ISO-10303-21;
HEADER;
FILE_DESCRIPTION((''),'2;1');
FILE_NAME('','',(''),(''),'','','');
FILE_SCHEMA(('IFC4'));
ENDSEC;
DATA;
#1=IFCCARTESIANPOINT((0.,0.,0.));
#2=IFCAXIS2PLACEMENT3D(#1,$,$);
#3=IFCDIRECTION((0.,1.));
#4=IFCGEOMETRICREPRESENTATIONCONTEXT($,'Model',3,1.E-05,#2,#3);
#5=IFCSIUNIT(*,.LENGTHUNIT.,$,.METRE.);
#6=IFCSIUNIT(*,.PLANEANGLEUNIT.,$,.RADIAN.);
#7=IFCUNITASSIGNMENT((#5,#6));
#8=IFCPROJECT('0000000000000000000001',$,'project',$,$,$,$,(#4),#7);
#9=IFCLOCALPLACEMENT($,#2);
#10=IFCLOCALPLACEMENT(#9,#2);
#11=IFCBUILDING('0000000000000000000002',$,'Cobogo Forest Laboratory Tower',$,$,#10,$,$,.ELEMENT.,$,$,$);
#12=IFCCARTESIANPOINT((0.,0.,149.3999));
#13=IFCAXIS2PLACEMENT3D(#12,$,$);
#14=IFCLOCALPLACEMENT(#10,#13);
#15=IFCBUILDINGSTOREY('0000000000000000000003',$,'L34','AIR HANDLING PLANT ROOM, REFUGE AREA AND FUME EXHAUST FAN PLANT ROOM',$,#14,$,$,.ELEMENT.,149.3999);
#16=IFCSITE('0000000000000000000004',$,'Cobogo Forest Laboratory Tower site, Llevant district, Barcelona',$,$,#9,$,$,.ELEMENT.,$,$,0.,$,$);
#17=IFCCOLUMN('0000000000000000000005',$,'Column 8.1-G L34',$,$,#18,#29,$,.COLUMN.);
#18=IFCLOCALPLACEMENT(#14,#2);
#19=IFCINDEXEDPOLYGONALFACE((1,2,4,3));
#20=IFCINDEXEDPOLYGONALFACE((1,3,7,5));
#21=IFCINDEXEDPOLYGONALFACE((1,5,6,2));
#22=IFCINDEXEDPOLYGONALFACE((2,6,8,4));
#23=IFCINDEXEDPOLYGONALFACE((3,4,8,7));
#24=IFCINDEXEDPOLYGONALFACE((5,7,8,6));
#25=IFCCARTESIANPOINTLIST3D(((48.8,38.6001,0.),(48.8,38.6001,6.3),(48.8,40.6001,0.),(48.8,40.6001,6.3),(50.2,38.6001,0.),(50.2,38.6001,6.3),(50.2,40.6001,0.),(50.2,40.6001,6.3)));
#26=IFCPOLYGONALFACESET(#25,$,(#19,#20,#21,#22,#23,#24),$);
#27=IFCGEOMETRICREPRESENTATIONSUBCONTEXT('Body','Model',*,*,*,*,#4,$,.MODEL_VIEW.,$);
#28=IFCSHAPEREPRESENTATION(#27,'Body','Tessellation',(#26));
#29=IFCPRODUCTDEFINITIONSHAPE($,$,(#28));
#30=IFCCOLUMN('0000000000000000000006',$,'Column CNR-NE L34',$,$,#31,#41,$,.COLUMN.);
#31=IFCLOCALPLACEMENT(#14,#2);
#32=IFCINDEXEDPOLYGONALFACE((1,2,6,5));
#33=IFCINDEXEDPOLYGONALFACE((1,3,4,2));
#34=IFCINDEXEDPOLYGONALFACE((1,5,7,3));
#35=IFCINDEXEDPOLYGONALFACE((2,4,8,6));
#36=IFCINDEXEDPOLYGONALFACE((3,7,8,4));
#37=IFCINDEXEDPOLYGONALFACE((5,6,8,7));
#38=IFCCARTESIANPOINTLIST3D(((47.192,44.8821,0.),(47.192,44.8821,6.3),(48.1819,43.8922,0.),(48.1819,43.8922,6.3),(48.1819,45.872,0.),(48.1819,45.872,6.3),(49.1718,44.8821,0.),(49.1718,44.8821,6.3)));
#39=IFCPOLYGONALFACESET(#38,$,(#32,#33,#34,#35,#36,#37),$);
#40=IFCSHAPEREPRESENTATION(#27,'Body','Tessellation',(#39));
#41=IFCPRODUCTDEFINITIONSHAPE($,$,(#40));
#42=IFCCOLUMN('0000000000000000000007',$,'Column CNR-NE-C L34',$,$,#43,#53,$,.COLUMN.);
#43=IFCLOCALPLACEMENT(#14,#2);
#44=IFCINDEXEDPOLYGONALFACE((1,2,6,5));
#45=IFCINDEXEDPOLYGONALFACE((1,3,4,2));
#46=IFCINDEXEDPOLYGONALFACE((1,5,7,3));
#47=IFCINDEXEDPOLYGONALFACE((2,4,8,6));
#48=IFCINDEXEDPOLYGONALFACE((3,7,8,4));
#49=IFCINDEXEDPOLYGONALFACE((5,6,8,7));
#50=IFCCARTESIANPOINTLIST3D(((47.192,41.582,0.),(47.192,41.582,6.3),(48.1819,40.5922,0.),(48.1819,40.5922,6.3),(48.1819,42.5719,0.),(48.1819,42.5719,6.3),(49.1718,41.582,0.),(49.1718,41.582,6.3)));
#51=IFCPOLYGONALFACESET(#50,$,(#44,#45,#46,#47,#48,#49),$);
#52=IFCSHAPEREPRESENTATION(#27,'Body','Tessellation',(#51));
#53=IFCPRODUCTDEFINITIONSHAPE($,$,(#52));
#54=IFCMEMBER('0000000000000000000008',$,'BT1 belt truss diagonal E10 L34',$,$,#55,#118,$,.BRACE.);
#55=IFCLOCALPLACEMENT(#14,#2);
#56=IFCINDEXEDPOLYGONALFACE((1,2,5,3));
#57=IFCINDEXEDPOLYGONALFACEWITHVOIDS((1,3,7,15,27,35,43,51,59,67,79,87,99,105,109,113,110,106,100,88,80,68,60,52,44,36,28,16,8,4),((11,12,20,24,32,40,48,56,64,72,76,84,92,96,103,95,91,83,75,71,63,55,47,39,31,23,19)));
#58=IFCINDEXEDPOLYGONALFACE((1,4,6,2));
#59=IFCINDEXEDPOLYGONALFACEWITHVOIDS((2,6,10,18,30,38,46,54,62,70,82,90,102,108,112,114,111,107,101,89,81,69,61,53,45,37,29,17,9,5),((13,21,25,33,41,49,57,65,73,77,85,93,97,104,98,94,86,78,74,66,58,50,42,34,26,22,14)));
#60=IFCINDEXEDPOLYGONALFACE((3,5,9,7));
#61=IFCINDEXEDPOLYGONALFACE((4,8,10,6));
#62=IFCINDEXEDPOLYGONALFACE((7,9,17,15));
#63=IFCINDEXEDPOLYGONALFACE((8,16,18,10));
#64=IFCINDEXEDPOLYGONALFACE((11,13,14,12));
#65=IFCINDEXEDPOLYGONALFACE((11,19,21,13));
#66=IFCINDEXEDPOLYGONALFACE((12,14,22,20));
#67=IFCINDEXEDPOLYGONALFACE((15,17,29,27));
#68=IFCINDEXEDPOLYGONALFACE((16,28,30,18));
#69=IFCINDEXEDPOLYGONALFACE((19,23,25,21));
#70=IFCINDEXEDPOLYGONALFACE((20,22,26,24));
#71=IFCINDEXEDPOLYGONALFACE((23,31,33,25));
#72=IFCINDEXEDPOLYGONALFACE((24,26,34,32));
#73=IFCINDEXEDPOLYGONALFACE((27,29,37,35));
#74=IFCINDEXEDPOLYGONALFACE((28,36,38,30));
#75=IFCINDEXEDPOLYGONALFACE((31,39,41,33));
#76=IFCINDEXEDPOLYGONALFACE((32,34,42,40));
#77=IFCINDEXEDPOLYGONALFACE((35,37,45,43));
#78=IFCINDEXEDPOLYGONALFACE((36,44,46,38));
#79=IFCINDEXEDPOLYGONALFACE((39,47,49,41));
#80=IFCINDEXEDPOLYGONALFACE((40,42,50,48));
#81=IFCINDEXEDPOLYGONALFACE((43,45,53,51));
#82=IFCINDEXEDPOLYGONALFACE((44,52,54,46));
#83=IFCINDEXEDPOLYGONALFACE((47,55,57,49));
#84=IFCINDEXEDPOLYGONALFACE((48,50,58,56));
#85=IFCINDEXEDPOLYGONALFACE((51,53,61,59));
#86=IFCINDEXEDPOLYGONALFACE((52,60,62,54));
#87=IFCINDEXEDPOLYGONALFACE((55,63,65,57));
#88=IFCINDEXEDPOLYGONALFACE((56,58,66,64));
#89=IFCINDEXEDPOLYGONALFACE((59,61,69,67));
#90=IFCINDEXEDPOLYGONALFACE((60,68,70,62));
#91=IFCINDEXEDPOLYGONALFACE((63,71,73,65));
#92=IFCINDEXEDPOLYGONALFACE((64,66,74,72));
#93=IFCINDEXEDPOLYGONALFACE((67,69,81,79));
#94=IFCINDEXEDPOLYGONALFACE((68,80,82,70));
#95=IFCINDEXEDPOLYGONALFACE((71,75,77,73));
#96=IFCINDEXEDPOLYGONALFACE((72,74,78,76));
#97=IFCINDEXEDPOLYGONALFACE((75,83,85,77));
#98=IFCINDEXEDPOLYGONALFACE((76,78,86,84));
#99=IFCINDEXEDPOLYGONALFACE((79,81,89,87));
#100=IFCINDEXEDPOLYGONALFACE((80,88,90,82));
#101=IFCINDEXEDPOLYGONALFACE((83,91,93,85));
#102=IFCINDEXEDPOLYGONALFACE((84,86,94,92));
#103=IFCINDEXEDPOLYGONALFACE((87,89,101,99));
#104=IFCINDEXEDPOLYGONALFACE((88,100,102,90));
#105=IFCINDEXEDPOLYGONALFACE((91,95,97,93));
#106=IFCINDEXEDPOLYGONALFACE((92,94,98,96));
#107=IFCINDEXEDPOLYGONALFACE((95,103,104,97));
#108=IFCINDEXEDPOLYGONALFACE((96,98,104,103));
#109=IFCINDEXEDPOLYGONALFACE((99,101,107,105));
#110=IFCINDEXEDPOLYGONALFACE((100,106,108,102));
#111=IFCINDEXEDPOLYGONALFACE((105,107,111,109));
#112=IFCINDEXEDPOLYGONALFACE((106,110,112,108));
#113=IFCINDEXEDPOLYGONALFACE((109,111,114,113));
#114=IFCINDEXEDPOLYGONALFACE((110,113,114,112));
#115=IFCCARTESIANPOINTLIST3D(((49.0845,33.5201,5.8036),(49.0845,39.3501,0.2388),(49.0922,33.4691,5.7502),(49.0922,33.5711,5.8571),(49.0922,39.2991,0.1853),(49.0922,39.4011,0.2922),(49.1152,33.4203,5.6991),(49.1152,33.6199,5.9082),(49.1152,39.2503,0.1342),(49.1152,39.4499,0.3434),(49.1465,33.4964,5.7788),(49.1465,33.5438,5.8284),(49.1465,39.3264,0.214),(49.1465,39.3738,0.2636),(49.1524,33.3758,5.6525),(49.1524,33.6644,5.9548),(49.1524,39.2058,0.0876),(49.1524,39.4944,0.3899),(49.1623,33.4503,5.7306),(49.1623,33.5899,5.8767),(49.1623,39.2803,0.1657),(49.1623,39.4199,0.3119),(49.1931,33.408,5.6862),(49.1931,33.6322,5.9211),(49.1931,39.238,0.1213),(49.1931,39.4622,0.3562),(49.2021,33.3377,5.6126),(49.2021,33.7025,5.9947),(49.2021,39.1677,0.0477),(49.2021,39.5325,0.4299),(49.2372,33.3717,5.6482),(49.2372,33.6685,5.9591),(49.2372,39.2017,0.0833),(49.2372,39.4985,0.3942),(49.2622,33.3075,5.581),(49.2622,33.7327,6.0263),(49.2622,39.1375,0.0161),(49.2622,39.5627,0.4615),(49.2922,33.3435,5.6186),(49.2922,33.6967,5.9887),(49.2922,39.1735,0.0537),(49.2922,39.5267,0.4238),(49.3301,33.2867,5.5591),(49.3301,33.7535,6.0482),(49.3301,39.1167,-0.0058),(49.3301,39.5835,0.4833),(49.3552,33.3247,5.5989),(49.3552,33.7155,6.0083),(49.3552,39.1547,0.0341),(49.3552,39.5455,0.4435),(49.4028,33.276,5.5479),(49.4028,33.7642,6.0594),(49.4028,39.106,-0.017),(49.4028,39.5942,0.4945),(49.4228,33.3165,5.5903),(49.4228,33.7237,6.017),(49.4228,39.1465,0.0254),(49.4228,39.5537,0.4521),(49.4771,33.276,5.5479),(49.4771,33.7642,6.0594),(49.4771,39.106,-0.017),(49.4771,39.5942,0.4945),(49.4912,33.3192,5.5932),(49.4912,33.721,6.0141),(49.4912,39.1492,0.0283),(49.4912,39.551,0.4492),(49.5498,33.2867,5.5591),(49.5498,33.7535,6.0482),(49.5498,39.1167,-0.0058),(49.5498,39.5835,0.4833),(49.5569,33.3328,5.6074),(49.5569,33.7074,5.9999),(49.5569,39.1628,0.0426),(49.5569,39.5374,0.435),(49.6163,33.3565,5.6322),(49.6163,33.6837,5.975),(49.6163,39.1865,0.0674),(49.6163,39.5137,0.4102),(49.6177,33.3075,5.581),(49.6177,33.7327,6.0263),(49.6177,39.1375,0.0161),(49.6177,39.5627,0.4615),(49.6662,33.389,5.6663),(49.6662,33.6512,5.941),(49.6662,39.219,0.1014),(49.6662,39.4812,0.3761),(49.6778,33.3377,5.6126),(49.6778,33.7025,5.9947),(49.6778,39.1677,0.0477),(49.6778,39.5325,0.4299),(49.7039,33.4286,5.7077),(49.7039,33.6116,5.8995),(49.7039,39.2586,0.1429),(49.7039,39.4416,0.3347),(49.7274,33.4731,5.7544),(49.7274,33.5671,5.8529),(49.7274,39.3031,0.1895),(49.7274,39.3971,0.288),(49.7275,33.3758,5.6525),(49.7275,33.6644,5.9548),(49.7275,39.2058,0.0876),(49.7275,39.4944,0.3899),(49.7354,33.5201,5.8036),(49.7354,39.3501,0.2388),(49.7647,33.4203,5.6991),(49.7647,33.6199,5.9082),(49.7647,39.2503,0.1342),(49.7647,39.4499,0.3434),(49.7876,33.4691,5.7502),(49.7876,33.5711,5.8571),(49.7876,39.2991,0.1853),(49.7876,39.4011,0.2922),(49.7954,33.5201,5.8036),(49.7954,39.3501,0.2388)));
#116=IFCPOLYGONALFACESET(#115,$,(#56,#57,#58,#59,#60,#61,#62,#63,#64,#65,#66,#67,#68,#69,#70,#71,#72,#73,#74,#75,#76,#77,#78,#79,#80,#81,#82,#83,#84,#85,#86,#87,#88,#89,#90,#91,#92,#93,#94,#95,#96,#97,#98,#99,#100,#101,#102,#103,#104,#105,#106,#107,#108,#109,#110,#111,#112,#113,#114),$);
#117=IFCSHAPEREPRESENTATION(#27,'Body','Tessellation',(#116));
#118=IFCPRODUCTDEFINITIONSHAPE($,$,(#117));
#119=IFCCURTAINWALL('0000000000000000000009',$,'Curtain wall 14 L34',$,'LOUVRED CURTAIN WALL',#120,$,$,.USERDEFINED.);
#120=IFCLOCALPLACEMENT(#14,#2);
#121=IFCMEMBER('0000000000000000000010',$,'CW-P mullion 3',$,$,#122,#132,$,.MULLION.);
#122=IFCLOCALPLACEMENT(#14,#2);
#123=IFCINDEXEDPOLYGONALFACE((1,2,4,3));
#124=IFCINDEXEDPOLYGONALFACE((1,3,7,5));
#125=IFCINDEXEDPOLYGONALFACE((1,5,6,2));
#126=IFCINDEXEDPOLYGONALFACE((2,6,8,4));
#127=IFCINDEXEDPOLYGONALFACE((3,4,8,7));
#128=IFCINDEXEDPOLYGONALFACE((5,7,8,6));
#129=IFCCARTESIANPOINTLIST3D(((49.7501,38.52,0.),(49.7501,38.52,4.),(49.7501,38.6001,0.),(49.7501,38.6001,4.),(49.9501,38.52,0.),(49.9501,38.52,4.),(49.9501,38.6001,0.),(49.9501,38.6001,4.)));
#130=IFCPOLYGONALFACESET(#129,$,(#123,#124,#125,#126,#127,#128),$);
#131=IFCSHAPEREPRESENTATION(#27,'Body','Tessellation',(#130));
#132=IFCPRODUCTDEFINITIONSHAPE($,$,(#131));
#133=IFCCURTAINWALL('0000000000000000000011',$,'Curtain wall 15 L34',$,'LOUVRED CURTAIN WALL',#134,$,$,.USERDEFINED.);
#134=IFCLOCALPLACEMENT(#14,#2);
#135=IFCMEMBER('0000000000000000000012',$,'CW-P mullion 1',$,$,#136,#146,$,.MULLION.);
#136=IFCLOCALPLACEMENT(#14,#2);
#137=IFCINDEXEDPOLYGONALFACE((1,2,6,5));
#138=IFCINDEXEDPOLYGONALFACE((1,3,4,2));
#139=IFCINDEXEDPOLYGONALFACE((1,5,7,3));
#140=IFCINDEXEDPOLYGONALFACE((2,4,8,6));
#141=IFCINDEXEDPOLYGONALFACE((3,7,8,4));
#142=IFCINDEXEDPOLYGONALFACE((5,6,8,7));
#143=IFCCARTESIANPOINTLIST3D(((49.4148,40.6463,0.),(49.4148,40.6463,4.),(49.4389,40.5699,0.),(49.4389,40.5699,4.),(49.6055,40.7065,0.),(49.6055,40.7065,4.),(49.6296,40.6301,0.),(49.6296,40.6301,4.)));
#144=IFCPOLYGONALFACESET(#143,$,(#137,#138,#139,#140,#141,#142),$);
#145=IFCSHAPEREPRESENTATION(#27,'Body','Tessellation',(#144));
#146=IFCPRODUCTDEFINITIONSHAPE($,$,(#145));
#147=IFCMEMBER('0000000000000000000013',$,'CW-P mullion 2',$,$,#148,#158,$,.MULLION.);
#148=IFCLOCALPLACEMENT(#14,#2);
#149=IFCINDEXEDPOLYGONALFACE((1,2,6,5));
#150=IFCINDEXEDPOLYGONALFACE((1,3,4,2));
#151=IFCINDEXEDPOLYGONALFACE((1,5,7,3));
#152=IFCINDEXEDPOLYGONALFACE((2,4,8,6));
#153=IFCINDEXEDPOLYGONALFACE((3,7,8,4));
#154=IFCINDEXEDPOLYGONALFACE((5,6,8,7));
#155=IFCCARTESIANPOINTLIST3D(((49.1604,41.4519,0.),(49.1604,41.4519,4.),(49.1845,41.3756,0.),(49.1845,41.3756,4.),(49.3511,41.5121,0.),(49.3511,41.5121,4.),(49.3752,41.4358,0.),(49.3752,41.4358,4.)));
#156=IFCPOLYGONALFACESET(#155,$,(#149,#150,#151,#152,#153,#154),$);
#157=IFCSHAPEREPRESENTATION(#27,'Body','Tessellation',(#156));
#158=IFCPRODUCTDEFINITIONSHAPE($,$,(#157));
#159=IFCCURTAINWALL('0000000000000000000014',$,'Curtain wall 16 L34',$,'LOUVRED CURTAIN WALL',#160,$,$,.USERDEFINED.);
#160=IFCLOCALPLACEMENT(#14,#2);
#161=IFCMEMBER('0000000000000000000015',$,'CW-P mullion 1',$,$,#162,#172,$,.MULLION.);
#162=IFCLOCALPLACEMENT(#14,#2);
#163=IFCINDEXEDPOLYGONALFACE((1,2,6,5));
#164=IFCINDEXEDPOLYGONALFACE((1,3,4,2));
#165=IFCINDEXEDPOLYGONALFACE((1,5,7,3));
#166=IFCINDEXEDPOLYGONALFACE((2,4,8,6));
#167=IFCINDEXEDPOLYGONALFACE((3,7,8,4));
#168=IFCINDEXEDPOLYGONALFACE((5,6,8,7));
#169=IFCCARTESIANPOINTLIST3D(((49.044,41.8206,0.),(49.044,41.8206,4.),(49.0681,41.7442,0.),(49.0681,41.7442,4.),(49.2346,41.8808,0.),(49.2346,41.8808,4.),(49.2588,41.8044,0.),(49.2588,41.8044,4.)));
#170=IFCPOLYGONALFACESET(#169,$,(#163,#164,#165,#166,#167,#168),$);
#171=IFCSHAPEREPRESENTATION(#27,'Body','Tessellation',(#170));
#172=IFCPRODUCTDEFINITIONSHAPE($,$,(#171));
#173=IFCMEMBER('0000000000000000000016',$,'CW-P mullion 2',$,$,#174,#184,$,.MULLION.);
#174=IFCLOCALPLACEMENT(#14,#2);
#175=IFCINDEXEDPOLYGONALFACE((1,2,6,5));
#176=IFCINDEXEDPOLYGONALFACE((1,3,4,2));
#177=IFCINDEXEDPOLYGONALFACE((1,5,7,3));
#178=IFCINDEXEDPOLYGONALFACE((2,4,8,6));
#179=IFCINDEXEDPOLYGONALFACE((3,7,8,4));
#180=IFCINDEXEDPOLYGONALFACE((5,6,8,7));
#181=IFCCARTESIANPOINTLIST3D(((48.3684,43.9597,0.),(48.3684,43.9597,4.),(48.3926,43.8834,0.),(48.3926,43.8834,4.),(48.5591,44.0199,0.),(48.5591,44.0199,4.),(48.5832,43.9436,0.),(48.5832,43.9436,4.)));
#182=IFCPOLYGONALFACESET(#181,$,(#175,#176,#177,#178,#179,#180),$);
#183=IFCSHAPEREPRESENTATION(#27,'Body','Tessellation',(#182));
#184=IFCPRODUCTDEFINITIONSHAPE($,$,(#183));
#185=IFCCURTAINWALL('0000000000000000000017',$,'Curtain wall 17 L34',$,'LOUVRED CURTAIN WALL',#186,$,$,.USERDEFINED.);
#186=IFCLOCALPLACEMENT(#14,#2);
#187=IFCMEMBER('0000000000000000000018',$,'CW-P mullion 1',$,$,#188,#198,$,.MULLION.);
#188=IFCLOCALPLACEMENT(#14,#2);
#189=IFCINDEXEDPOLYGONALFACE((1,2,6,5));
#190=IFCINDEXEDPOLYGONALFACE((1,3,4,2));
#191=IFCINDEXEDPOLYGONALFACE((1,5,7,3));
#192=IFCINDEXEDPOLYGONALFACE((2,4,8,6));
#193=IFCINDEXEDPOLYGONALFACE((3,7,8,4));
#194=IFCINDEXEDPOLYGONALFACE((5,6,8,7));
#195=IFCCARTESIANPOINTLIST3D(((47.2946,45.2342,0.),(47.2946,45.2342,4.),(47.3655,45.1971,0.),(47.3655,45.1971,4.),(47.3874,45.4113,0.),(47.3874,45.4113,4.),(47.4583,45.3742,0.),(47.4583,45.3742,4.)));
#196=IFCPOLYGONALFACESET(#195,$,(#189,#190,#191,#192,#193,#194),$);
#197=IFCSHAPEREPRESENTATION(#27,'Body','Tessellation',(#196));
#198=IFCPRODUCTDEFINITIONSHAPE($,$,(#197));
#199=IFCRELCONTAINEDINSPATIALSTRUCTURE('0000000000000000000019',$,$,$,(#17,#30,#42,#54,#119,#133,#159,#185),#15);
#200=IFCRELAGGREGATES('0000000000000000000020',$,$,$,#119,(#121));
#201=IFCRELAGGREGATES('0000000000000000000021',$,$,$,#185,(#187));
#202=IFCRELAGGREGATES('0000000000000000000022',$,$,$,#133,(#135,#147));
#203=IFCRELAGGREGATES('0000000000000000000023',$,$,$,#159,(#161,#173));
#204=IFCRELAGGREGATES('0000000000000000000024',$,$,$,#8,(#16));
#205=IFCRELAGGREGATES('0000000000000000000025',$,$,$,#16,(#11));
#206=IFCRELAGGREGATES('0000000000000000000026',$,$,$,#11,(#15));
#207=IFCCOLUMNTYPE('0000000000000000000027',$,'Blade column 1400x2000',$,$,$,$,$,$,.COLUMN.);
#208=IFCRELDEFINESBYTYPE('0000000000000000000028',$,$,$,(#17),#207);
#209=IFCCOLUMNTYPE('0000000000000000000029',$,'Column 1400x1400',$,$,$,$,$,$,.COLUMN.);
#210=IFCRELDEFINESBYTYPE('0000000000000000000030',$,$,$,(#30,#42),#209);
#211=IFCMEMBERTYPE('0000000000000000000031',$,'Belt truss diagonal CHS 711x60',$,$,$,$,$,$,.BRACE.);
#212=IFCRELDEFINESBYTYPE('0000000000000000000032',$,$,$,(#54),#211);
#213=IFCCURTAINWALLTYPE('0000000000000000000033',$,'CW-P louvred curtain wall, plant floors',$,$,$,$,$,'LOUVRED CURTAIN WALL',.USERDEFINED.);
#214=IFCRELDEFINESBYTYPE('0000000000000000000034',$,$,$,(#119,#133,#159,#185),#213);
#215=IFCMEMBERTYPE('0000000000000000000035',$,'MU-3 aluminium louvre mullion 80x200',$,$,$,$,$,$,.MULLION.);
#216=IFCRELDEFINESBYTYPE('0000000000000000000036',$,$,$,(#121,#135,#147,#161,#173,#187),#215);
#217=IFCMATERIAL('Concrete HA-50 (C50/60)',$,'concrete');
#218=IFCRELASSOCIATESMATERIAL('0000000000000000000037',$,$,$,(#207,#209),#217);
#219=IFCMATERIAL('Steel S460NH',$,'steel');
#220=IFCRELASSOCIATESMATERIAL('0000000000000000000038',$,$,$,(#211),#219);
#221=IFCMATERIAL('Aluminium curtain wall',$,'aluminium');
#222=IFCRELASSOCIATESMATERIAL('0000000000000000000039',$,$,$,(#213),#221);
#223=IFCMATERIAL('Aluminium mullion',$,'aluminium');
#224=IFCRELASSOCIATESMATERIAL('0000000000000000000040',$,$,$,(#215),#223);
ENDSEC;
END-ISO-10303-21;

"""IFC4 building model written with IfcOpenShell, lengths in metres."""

from ifc_helpers import new_model, si_unit, direction, frame, origin, origin_2d, place, context, subcontext, project, spatial, rectangle, hollow_circle, extrude, material, material_profile, profile_set, type_object, element, aggregate, save


model = new_model("IFC4")

# Units and contexts
model_context = context("Model", 3, precision=1e-05, world=origin(), true_north=direction((0.0, 1.0)))
body_context = subcontext(model_context, "Body", "Model", "MODEL_VIEW")
ifc_project = project(units=[si_unit("LENGTHUNIT", "METRE"), si_unit("PLANEANGLEUNIT", "RADIAN")], contexts=[model_context])

# Site, building, storey
site_placement = place(None, origin())
site = spatial("IfcSite", under=ifc_project, at=site_placement, Name="Cobogo Forest Laboratory Tower site, Llevant district, Barcelona", CompositionType="ELEMENT", RefElevation=0.0)
building_placement = place(site_placement, origin())
building = spatial("IfcBuilding", under=site, at=building_placement, Name="Cobogo Forest Laboratory Tower", CompositionType="ELEMENT")
storey_placement = place(building_placement, frame((0.0, 0.0, 149.3999)))
storey = spatial("IfcBuildingStorey", under=building, at=storey_placement, Name="L34", Description="AIR HANDLING PLANT ROOM, REFUGE AREA AND FUME EXHAUST FAN PLANT ROOM", CompositionType="ELEMENT", Elevation=149.3999)

# Columns
ifc_material_1 = material(Name="Concrete HA-50 (C50/60)", Category="concrete")
ifc_material_profile_1 = material_profile(ifc_material_1, rectangle(XDim=2.0, YDim=1.3999, at=origin_2d()), Name="RC 1400x2000")
ifc_profile_set_1 = profile_set([ifc_material_profile_1], Name="Concrete HA-50 (C50/60)")
column_type_1 = type_object("IfcColumnType", Name="Blade column 1400x2000", PredefinedType="COLUMN", material=ifc_profile_set_1)
column_placement = place(storey_placement, frame((49.5, 39.6001, 0.0), z_axis=(0.0, 0.0, 1.0), x_axis=(0.0, 1.0, 0.0)))
element("IfcColumn", 1, at=column_placement, inside=storey, type_object=column_type_1, Name="Column 8.1-G L34", PredefinedType="COLUMN", context=body_context, shape_type="SweptSolid", body=[
    extrude(rectangle(XDim=2.0, YDim=1.3999, at=origin_2d()), origin(), (0.0, 0.0, 1.0), 6.3),
])
ifc_material_profile_2 = material_profile(ifc_material_1, rectangle(XDim=1.3999, YDim=1.3999, at=origin_2d()), Name="RC 1400x1400")
ifc_profile_set_2 = profile_set([ifc_material_profile_2], Name="Concrete HA-50 (C50/60)")
column_type_2 = type_object("IfcColumnType", Name="Column 1400x1400", PredefinedType="COLUMN", material=ifc_profile_set_2)
for number, where, z_axis, x_axis, name in (
    (2, (48.1819, 44.8821, 0.0), (0.0, 0.0, 1.0), (0.707107, 0.707107, 0.0), "Column CNR-NE L34"),
    (3, (48.1819, 41.582, 0.0), (0.0, 0.0, 1.0), (0.707107, 0.707107, 0.0), "Column CNR-NE-C L34"),
):
    element("IfcColumn", number, at=place(storey_placement, frame(where, z_axis=z_axis, x_axis=x_axis)), inside=storey, type_object=column_type_2, Name=name, PredefinedType="COLUMN", context=body_context, shape_type="SweptSolid", body=[
        extrude(rectangle(XDim=1.3999, YDim=1.3999, at=origin_2d()), origin(), (0.0, 0.0, 1.0), 6.3),
    ])

# Member
ifc_material_2 = material(Name="Steel S460NH", Category="steel")
ifc_material_profile_3 = material_profile(ifc_material_2, hollow_circle(Radius=0.3555, WallThickness=0.0601, at=origin_2d()), Name="CHS 711x60")
ifc_profile_set_3 = profile_set([ifc_material_profile_3], Name="Steel S460NH")
member_type_1 = type_object("IfcMemberType", Name="Belt truss diagonal CHS 711x60", PredefinedType="BRACE", material=ifc_profile_set_3)
member_1_placement = place(storey_placement, frame((49.4399, 39.3501, 0.2388), z_axis=(0.0, -0.723364, 0.690467), x_axis=(1.0, 0.0, 0.0)))
element("IfcMember", 4, at=member_1_placement, inside=storey, type_object=member_type_1, Name="BT1 belt truss diagonal E10 L34", PredefinedType="BRACE", context=body_context, shape_type="SweptSolid", body=[
    extrude(hollow_circle(Radius=0.3555, WallThickness=0.0601, at=origin_2d()), origin(), (0.0, 0.0, 1.0), 8.0596),
])

# Curtain wall, member
ifc_material_3 = material(Name="Aluminium curtain wall", Category="aluminium")
curtain_wall_type = type_object("IfcCurtainWallType", Name="CW-P louvred curtain wall, plant floors", ElementType="LOUVRED CURTAIN WALL", PredefinedType="USERDEFINED", material=ifc_material_3)
curtain_wall_1_placement = place(storey_placement, origin())
curtain_wall_1 = element("IfcCurtainWall", 5, at=curtain_wall_1_placement, inside=storey, type_object=curtain_wall_type, Name="Curtain wall 14 L34", ObjectType="LOUVRED CURTAIN WALL", PredefinedType="USERDEFINED")
ifc_material_4 = material(Name="Aluminium mullion", Category="aluminium")
ifc_material_profile_4 = material_profile(ifc_material_4, rectangle(XDim=0.0801, YDim=0.2, at=origin_2d()), Name="AL 80x200")
ifc_profile_set_4 = profile_set([ifc_material_profile_4], Name="Aluminium mullion")
member_type_2 = type_object("IfcMemberType", Name="MU-3 aluminium louvre mullion 80x200", PredefinedType="MULLION", material=ifc_profile_set_4)
member_2_placement = place(storey_placement, frame((49.8501, 38.5601, 0.0), z_axis=(0.0, 0.0, 1.0), x_axis=(0.0, 1.0, 0.0)))
member_2 = element("IfcMember", 6, at=member_2_placement, type_object=member_type_2, Name="CW-P mullion 3", PredefinedType="MULLION", context=body_context, shape_type="SweptSolid", body=[
    extrude(rectangle(XDim=0.0801, YDim=0.2, at=origin_2d()), origin(), (0.0, 0.0, 1.0), 4.0),
])
aggregate(curtain_wall_1, [member_2])

# Curtain walls, members
curtain_wall_2_placement = place(storey_placement, origin())
curtain_wall_2 = element("IfcCurtainWall", 7, at=curtain_wall_2_placement, inside=storey, type_object=curtain_wall_type, Name="Curtain wall 15 L34", ObjectType="LOUVRED CURTAIN WALL", PredefinedType="USERDEFINED")
member_3_placement = place(storey_placement, frame((49.5222, 40.6382, 0.0), z_axis=(0.0, 0.0, 1.0), x_axis=(-0.301135, 0.953581, 0.0)))
member_3 = element("IfcMember", 8, at=member_3_placement, type_object=member_type_2, Name="CW-P mullion 1", PredefinedType="MULLION", context=body_context, shape_type="SweptSolid", body=[
    extrude(rectangle(XDim=0.0801, YDim=0.2, at=origin_2d()), origin(), (0.0, 0.0, 1.0), 4.0),
])
member_4_placement = place(storey_placement, frame((49.2678, 41.4438, 0.0), z_axis=(0.0, 0.0, 1.0), x_axis=(-0.301135, 0.953581, 0.0)))
member_4 = element("IfcMember", 9, at=member_4_placement, type_object=member_type_2, Name="CW-P mullion 2", PredefinedType="MULLION", context=body_context, shape_type="SweptSolid", body=[
    extrude(rectangle(XDim=0.0801, YDim=0.2, at=origin_2d()), origin(), (0.0, 0.0, 1.0), 4.0),
])
curtain_wall_3_placement = place(storey_placement, origin())
curtain_wall_3 = element("IfcCurtainWall", 10, at=curtain_wall_3_placement, inside=storey, type_object=curtain_wall_type, Name="Curtain wall 16 L34", ObjectType="LOUVRED CURTAIN WALL", PredefinedType="USERDEFINED")
member_5_placement = place(storey_placement, frame((49.1514, 41.8125, 0.0), z_axis=(0.0, 0.0, 1.0), x_axis=(-0.301135, 0.953581, 0.0)))
member_5 = element("IfcMember", 11, at=member_5_placement, type_object=member_type_2, Name="CW-P mullion 1", PredefinedType="MULLION", context=body_context, shape_type="SweptSolid", body=[
    extrude(rectangle(XDim=0.0801, YDim=0.2, at=origin_2d()), origin(), (0.0, 0.0, 1.0), 4.0),
])
member_6_placement = place(storey_placement, frame((48.4758, 43.9517, 0.0), z_axis=(0.0, 0.0, 1.0), x_axis=(-0.301135, 0.953581, 0.0)))
member_6 = element("IfcMember", 12, at=member_6_placement, type_object=member_type_2, Name="CW-P mullion 2", PredefinedType="MULLION", context=body_context, shape_type="SweptSolid", body=[
    extrude(rectangle(XDim=0.0801, YDim=0.2, at=origin_2d()), origin(), (0.0, 0.0, 1.0), 4.0),
])

# Curtain wall, member
curtain_wall_4_placement = place(storey_placement, origin())
curtain_wall_4 = element("IfcCurtainWall", 13, at=curtain_wall_4_placement, inside=storey, type_object=curtain_wall_type, Name="Curtain wall 17 L34", ObjectType="LOUVRED CURTAIN WALL", PredefinedType="USERDEFINED")
member_7_placement = place(storey_placement, frame((47.3765, 45.3042, 0.0), z_axis=(0.0, 0.0, 1.0), x_axis=(-0.885687, 0.464284, 0.0)))
member_7 = element("IfcMember", 14, at=member_7_placement, type_object=member_type_2, Name="CW-P mullion 1", PredefinedType="MULLION", context=body_context, shape_type="SweptSolid", body=[
    extrude(rectangle(XDim=0.0801, YDim=0.2, at=origin_2d()), origin(), (0.0, 0.0, 1.0), 4.0),
])

aggregate(curtain_wall_4, [member_7])

aggregate(curtain_wall_2, [member_3, member_4])
aggregate(curtain_wall_3, [member_5, member_6])

save(model, "model.ifc")
